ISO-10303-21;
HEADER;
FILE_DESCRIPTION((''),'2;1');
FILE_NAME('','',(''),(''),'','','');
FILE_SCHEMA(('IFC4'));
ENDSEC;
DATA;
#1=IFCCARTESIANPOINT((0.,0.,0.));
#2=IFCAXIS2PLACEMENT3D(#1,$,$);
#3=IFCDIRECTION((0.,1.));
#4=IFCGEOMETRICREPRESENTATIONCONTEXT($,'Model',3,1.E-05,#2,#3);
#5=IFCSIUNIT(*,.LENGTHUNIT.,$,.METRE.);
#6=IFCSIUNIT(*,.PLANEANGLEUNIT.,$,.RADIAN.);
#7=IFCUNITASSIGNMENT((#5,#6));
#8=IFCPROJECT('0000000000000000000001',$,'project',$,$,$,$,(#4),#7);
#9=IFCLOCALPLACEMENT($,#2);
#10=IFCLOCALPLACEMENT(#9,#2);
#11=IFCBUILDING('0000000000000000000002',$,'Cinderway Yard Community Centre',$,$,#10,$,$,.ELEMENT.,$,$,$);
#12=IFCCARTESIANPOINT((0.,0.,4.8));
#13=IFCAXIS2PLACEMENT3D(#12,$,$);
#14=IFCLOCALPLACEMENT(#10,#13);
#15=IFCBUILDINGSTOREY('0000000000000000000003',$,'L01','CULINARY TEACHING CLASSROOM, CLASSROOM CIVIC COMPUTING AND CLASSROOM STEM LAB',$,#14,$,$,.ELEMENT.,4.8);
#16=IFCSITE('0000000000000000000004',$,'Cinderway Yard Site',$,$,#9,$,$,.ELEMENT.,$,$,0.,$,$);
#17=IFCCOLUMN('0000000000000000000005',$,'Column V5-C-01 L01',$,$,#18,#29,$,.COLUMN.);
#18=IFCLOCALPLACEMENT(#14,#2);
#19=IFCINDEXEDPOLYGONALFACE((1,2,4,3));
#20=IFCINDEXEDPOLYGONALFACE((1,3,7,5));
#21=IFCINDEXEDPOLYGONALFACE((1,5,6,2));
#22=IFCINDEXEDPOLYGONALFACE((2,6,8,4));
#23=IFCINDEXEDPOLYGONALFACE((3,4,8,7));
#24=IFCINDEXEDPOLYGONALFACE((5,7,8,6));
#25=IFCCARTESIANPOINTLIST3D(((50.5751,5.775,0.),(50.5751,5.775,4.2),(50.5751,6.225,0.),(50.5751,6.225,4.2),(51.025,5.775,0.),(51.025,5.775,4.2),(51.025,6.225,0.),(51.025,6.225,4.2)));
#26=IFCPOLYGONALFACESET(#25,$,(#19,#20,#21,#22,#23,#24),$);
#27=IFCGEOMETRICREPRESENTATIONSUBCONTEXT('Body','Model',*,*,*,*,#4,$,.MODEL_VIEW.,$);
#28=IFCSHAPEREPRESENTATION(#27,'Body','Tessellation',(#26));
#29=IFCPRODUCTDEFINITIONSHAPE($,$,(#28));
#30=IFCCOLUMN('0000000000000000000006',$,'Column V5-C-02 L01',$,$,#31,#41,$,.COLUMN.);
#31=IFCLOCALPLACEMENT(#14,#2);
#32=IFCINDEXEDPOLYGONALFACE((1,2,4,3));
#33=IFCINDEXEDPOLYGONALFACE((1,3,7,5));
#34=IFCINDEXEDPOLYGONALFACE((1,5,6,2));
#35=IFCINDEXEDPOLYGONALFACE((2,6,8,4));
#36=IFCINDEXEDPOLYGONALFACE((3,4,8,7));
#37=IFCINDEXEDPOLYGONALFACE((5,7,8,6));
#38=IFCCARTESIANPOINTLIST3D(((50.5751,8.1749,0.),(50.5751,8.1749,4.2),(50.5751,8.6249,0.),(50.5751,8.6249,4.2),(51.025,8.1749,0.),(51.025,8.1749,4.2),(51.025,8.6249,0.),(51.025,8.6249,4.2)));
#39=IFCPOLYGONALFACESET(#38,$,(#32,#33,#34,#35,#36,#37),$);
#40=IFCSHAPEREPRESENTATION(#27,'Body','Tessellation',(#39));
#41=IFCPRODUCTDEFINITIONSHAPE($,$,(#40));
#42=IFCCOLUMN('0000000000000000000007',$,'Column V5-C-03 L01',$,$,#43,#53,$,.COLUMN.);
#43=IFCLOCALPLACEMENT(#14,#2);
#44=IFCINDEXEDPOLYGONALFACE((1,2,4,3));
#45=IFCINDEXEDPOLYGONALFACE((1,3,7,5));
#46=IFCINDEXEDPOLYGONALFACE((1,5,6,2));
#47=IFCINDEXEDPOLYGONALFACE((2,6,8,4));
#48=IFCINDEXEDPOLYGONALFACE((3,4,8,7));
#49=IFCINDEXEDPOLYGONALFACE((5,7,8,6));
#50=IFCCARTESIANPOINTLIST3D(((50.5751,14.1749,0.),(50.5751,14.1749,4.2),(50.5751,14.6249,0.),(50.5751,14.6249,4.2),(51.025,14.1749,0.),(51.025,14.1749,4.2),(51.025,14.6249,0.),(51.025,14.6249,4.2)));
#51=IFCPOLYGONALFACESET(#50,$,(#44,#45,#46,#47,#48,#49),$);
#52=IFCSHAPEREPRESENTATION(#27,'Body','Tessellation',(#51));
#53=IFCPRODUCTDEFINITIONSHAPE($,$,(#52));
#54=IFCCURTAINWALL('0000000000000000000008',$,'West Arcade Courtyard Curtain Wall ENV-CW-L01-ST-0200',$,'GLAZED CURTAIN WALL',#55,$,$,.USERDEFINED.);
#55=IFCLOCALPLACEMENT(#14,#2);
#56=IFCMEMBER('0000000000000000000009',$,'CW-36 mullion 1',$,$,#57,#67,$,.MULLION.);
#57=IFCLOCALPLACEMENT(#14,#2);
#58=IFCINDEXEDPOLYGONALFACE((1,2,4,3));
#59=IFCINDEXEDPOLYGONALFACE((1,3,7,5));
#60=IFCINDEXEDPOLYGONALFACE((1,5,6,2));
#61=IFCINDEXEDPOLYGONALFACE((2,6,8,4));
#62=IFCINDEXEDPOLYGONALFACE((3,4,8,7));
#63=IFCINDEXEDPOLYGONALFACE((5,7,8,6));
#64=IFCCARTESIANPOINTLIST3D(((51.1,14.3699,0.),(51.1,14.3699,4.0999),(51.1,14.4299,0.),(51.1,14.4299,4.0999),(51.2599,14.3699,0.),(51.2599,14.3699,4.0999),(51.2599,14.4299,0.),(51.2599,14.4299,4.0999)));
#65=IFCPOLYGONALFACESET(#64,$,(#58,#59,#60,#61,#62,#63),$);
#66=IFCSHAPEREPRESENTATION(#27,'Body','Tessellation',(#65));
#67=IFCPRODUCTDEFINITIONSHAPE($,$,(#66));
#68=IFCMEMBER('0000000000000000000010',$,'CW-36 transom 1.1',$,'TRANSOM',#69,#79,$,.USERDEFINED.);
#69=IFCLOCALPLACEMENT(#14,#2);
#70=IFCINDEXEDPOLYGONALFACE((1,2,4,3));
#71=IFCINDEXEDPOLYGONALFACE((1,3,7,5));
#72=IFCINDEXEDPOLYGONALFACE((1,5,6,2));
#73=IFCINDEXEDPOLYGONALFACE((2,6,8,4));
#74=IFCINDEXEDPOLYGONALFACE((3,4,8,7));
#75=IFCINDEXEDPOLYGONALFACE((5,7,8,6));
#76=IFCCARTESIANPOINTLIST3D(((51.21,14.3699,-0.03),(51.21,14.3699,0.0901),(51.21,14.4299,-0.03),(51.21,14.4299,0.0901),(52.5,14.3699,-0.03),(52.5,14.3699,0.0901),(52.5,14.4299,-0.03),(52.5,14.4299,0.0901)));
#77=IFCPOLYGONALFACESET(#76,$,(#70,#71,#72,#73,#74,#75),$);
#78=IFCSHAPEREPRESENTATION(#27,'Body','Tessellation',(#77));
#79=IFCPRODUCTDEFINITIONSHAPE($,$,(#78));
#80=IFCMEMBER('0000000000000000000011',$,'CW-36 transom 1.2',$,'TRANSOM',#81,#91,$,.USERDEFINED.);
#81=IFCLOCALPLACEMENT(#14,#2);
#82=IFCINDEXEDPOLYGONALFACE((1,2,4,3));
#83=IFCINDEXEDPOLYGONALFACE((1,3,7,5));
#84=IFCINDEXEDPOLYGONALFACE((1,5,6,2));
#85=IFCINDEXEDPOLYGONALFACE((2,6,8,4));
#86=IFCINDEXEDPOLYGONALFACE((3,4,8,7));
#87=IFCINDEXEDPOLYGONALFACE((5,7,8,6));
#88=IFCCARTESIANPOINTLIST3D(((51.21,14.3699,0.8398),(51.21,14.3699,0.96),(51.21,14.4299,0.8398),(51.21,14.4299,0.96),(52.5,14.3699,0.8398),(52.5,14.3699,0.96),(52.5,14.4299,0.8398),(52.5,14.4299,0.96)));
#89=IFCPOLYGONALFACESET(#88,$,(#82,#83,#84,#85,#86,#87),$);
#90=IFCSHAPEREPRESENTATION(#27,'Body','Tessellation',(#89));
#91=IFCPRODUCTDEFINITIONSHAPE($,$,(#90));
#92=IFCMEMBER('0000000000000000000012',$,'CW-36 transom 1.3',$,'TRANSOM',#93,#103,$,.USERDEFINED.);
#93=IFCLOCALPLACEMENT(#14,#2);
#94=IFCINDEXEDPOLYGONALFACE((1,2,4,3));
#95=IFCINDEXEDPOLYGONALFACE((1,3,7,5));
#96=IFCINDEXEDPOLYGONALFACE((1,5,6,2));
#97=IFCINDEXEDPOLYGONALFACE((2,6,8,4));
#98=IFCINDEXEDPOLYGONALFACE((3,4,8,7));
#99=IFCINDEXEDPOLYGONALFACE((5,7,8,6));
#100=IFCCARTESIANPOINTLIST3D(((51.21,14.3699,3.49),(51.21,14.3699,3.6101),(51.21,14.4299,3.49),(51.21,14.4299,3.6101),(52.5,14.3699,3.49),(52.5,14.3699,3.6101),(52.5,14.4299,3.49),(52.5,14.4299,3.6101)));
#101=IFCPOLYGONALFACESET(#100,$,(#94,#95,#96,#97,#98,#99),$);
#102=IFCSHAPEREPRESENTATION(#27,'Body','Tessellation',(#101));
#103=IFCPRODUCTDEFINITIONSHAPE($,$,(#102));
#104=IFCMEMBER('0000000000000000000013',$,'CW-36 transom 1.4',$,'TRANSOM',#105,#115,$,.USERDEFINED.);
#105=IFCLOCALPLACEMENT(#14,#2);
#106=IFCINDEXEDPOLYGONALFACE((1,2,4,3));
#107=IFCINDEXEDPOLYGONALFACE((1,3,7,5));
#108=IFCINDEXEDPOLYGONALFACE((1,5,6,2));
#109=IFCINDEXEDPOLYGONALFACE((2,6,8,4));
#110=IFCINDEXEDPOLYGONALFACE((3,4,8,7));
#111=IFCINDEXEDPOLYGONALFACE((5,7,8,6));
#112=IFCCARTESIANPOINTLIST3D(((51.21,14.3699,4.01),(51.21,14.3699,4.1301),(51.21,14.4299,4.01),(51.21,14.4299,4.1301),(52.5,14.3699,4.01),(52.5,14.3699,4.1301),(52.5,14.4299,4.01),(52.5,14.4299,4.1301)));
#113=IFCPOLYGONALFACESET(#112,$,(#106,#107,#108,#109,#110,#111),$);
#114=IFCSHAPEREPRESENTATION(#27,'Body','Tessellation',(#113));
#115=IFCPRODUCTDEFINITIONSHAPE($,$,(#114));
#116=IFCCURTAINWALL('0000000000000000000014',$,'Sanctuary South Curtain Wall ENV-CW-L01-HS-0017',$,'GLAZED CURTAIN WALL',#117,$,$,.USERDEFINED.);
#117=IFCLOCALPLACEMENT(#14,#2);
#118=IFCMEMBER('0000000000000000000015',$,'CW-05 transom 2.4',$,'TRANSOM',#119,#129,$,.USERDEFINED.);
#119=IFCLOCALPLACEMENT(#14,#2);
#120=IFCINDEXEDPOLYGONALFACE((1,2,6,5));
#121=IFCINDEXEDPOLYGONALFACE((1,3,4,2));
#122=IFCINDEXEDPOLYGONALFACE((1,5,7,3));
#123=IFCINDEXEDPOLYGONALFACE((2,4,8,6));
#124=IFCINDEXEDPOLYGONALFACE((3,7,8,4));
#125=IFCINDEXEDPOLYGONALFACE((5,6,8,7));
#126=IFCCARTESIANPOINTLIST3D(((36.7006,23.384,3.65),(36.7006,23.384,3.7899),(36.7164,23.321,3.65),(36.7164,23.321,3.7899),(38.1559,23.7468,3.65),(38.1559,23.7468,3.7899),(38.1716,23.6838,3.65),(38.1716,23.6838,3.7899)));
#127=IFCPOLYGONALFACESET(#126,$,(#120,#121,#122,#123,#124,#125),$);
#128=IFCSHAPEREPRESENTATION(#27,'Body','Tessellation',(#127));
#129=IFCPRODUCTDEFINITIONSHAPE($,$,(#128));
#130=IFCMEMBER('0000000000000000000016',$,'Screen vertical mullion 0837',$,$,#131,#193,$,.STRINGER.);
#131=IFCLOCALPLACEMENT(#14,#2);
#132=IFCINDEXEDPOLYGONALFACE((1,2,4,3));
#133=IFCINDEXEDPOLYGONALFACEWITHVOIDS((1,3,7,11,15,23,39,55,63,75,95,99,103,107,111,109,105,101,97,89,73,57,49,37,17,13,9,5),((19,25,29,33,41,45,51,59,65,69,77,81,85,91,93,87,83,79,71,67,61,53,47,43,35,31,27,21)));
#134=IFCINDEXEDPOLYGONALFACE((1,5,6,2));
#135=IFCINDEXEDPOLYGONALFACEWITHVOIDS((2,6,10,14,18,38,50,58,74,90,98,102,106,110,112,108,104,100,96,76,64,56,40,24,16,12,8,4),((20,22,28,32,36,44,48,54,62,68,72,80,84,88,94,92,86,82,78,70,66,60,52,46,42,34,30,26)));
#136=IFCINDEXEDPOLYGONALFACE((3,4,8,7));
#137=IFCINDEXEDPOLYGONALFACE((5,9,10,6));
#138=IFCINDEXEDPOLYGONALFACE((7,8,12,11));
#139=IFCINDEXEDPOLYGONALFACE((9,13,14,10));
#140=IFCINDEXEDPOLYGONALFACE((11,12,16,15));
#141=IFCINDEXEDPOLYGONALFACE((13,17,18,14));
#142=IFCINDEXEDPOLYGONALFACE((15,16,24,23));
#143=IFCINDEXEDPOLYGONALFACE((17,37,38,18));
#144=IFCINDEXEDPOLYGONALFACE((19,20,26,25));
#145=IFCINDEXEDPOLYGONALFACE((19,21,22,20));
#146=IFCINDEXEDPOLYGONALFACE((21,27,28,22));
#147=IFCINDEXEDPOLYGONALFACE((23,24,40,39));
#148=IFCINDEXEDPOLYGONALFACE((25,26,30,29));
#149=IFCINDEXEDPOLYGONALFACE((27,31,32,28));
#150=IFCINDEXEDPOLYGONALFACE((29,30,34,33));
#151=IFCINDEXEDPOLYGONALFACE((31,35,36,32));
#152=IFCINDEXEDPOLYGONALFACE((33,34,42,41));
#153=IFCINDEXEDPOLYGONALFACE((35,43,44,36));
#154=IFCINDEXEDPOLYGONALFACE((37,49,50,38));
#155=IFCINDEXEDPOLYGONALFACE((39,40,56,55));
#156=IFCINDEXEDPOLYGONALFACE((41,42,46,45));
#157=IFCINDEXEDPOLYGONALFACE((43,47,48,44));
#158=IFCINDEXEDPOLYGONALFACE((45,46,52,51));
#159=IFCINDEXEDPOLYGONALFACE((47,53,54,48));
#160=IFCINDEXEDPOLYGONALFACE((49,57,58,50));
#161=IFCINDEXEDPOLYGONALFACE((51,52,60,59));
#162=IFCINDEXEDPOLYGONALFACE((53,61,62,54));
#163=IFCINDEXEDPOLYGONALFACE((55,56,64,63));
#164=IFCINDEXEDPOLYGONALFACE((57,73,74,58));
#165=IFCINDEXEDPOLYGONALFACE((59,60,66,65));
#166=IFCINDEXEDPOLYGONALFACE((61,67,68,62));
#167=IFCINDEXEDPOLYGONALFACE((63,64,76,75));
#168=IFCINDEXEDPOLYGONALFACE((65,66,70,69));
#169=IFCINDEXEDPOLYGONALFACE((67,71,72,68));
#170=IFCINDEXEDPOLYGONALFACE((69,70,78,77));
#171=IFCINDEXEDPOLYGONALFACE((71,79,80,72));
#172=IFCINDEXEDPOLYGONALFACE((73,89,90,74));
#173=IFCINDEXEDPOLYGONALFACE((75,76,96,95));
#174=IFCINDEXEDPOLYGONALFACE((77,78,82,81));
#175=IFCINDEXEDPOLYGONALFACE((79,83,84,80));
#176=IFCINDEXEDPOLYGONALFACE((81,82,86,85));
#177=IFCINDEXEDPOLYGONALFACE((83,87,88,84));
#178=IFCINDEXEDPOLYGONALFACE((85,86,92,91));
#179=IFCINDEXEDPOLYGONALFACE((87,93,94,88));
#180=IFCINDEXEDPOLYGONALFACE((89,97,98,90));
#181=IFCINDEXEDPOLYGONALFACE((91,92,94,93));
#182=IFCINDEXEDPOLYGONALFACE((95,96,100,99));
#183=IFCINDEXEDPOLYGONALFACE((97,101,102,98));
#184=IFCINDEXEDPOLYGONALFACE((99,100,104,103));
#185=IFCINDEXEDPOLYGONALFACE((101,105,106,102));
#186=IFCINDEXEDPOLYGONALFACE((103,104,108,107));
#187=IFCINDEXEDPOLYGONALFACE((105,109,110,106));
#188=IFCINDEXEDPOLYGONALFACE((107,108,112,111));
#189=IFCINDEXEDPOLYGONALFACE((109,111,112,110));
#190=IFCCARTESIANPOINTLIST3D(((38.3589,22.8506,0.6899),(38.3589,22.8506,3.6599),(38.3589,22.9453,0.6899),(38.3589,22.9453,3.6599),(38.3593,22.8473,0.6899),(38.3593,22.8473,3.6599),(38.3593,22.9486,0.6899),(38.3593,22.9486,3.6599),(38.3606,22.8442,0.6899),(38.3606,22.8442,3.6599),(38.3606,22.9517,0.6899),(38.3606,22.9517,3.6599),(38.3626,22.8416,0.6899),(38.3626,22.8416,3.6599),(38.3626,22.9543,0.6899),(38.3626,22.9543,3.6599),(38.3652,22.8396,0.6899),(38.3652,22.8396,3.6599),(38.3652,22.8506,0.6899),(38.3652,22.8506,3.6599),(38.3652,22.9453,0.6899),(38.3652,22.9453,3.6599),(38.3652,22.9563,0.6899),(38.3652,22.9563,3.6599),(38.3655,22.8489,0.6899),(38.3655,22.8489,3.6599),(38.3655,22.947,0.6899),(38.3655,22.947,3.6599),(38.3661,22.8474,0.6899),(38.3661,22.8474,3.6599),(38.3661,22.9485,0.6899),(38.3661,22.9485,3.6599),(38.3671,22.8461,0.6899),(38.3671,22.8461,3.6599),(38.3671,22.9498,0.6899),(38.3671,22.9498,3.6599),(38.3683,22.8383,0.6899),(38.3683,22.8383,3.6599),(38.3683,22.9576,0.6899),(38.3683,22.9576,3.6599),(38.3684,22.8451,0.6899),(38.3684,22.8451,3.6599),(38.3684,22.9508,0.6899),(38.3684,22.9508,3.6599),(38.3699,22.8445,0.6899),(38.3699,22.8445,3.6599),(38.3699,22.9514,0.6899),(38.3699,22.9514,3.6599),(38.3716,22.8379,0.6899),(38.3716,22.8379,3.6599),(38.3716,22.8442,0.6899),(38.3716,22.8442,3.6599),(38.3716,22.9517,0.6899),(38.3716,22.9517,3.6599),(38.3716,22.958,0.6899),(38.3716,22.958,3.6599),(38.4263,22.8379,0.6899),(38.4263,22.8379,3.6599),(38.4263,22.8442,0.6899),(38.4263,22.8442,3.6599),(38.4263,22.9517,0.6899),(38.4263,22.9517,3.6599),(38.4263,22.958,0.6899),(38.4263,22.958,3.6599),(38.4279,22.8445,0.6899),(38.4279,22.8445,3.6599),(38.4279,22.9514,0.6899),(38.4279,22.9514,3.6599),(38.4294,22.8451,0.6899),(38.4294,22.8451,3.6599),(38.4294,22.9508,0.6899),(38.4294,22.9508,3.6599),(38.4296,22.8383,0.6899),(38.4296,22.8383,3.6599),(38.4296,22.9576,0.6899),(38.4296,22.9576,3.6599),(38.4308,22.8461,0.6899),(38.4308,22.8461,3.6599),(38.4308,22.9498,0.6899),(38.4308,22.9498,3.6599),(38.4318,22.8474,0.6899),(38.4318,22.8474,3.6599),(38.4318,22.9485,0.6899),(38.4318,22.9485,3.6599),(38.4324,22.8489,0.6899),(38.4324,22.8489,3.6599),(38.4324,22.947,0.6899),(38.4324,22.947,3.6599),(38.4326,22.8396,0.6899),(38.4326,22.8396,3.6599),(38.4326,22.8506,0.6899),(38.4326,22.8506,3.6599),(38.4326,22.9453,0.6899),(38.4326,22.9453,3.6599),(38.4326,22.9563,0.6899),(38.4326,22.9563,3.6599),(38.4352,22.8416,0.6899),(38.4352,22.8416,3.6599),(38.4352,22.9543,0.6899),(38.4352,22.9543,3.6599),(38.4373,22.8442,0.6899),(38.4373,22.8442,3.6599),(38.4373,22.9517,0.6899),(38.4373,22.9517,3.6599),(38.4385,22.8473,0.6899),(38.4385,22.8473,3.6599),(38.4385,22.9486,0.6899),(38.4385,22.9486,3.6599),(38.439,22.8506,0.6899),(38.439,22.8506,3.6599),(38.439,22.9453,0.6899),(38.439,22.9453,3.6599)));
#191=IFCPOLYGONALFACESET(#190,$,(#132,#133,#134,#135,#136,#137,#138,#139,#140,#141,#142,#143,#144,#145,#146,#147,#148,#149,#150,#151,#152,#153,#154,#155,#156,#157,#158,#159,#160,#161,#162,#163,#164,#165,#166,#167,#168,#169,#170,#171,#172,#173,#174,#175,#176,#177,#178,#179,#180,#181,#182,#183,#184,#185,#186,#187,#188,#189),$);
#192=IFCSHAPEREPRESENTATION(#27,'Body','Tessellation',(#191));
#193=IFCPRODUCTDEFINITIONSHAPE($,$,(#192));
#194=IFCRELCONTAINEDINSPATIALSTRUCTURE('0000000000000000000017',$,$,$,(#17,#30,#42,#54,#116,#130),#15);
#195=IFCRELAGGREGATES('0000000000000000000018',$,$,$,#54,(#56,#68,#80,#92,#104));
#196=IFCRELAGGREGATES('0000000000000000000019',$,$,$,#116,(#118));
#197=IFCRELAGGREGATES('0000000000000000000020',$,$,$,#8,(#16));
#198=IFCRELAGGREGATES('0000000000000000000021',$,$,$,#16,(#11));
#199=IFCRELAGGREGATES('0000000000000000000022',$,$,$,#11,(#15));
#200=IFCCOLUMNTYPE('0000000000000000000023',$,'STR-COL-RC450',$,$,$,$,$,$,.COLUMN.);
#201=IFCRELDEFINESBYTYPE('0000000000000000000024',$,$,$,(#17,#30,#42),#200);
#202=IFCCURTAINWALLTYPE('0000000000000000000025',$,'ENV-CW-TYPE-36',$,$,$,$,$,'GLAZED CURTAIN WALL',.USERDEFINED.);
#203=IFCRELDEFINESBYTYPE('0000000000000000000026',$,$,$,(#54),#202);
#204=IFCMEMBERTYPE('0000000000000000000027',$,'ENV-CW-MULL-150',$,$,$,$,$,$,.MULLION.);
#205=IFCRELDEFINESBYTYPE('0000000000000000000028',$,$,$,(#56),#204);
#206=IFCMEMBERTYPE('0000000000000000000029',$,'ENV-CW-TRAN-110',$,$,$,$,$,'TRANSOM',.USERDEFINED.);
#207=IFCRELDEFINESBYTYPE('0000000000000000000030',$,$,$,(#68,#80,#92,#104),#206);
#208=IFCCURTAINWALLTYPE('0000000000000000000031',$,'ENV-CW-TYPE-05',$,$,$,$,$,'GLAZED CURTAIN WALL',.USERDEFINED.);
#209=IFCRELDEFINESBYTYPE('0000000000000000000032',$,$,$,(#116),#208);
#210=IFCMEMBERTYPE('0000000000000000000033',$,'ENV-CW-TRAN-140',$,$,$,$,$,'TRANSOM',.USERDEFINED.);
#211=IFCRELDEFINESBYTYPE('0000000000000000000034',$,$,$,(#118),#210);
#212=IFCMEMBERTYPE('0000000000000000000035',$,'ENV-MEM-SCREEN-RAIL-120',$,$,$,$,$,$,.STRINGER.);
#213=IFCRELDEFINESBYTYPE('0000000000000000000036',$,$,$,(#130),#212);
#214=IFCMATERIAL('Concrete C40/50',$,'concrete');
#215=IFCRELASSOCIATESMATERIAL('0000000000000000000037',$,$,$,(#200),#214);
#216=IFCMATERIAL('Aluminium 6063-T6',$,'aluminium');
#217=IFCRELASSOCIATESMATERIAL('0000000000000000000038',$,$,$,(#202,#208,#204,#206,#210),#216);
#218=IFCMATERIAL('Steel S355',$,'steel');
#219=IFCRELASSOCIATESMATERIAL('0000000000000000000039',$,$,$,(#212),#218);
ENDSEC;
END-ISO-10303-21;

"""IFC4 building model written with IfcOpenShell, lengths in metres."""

from ifc_helpers import new_model, si_unit, direction, frame, origin, origin_2d, place, context, subcontext, project, spatial, rectangle, hollow_rectangle, extrude, material, material_profile, profile_set, type_object, element, aggregate, save


model = new_model("IFC4")

# Units and contexts
model_context = context("Model", 3, precision=1e-05, world=origin(), true_north=direction((0.0, 1.0)))
body_context = subcontext(model_context, "Body", "Model", "MODEL_VIEW")
ifc_project = project(units=[si_unit("LENGTHUNIT", "METRE"), si_unit("PLANEANGLEUNIT", "RADIAN")], contexts=[model_context])

# Site, building, storey
site_placement = place(None, origin())
site = spatial("IfcSite", under=ifc_project, at=site_placement, Name="Cinderway Yard Site", CompositionType="ELEMENT", RefElevation=0.0)
building_placement = place(site_placement, origin())
building = spatial("IfcBuilding", under=site, at=building_placement, Name="Cinderway Yard Community Centre", CompositionType="ELEMENT")
storey_placement = place(building_placement, frame((0.0, 0.0, 4.8)))
storey = spatial("IfcBuildingStorey", under=building, at=storey_placement, Name="L01", Description="CULINARY TEACHING CLASSROOM, CLASSROOM CIVIC COMPUTING AND CLASSROOM STEM LAB", CompositionType="ELEMENT", Elevation=4.8)

# Columns
ifc_material_1 = material(Name="Concrete C40/50", Category="concrete")
ifc_material_profile_1 = material_profile(ifc_material_1, rectangle(XDim=0.45, YDim=0.45, at=origin_2d()), Name="Concrete C40/50")
ifc_profile_set_1 = profile_set([ifc_material_profile_1], Name="Concrete C40/50")
column_type = type_object("IfcColumnType", Name="STR-COL-RC450", PredefinedType="COLUMN", material=ifc_profile_set_1)
for number, where, z_axis, x_axis, name in (
    (1, (50.8, 6.0, 0.0), (0.0, 0.0, 1.0), (1.0, 0.0, 0.0), "Column V5-C-01 L01"),
    (2, (50.8, 8.3999, 0.0), (0.0, 0.0, 1.0), (1.0, 0.0, 0.0), "Column V5-C-02 L01"),
    (3, (50.8, 14.3999, 0.0), (0.0, 0.0, 1.0), (1.0, 0.0, 0.0), "Column V5-C-03 L01"),
):
    element("IfcColumn", number, at=place(storey_placement, frame(where, z_axis=z_axis, x_axis=x_axis)), inside=storey, type_object=column_type, Name=name, PredefinedType="COLUMN", context=body_context, shape_type="SweptSolid", body=[
        extrude(rectangle(XDim=0.45, YDim=0.45, at=origin_2d()), origin(), (0.0, 0.0, 1.0), 4.2),
    ])

# Curtain wall, members
ifc_material_2 = material(Name="Aluminium 6063-T6", Category="aluminium")
curtain_wall_type_1 = type_object("IfcCurtainWallType", Name="ENV-CW-TYPE-36", ElementType="GLAZED CURTAIN WALL", PredefinedType="USERDEFINED", material=ifc_material_2)
curtain_wall_1_placement = place(storey_placement, origin())
curtain_wall_1 = element("IfcCurtainWall", 4, at=curtain_wall_1_placement, inside=storey, type_object=curtain_wall_type_1, Name="West Arcade Courtyard Curtain Wall ENV-CW-L01-ST-0200", ObjectType="GLAZED CURTAIN WALL", PredefinedType="USERDEFINED")
ifc_material_profile_2 = material_profile(ifc_material_2, rectangle(XDim=0.0601, YDim=0.1599, at=origin_2d()), Name="Aluminium 6063-T6")
ifc_profile_set_2 = profile_set([ifc_material_profile_2], Name="Aluminium 6063-T6")
member_type_1 = type_object("IfcMemberType", Name="ENV-CW-MULL-150", PredefinedType="MULLION", material=ifc_profile_set_2)
member_1_placement = place(storey_placement, frame((51.1799, 14.3999, 0.0), z_axis=(0.0, 0.0, 1.0), x_axis=(0.0, 1.0, 0.0)))
member_1 = element("IfcMember", 5, at=member_1_placement, type_object=member_type_1, Name="CW-36 mullion 1", PredefinedType="MULLION", context=body_context, shape_type="SweptSolid", body=[
    extrude(rectangle(XDim=0.0601, YDim=0.1599, at=origin_2d()), origin(), (0.0, 0.0, 1.0), 4.0999),
])
ifc_material_profile_3 = material_profile(ifc_material_2, rectangle(XDim=0.0601, YDim=0.1201, at=origin_2d()), Name="Aluminium 6063-T6")
ifc_profile_set_3 = profile_set([ifc_material_profile_3], Name="Aluminium 6063-T6")
member_type_2 = type_object("IfcMemberType", Name="ENV-CW-TRAN-110", ElementType="TRANSOM", PredefinedType="USERDEFINED", material=ifc_profile_set_3)
member_2_placement = place(storey_placement, frame((51.21, 14.3999, 0.03), z_axis=(1.0, 0.0, 0.0), x_axis=(0.0, 1.0, 0.0)))
member_2 = element("IfcMember", 6, at=member_2_placement, type_object=member_type_2, Name="CW-36 transom 1.1", ObjectType="TRANSOM", PredefinedType="USERDEFINED", context=body_context, shape_type="SweptSolid", body=[
    extrude(rectangle(XDim=0.0601, YDim=0.1201, at=origin_2d()), origin(), (0.0, 0.0, 1.0), 1.29),
])
member_3_placement = place(storey_placement, frame((51.21, 14.3999, 0.8999), z_axis=(1.0, 0.0, 0.0), x_axis=(0.0, 1.0, 0.0)))
member_3 = element("IfcMember", 7, at=member_3_placement, type_object=member_type_2, Name="CW-36 transom 1.2", ObjectType="TRANSOM", PredefinedType="USERDEFINED", context=body_context, shape_type="SweptSolid", body=[
    extrude(rectangle(XDim=0.0601, YDim=0.1201, at=origin_2d()), origin(), (0.0, 0.0, 1.0), 1.29),
])
member_4_placement = place(storey_placement, frame((51.21, 14.3999, 3.55), z_axis=(1.0, 0.0, 0.0), x_axis=(0.0, 1.0, 0.0)))
member_4 = element("IfcMember", 8, at=member_4_placement, type_object=member_type_2, Name="CW-36 transom 1.3", ObjectType="TRANSOM", PredefinedType="USERDEFINED", context=body_context, shape_type="SweptSolid", body=[
    extrude(rectangle(XDim=0.0601, YDim=0.1201, at=origin_2d()), origin(), (0.0, 0.0, 1.0), 1.29),
])
member_5_placement = place(storey_placement, frame((51.21, 14.3999, 4.0701), z_axis=(1.0, 0.0, 0.0), x_axis=(0.0, 1.0, 0.0)))
member_5 = element("IfcMember", 9, at=member_5_placement, type_object=member_type_2, Name="CW-36 transom 1.4", ObjectType="TRANSOM", PredefinedType="USERDEFINED", context=body_context, shape_type="SweptSolid", body=[
    extrude(rectangle(XDim=0.0601, YDim=0.1201, at=origin_2d()), origin(), (0.0, 0.0, 1.0), 1.29),
])

# Curtain wall, member
curtain_wall_type_2 = type_object("IfcCurtainWallType", Name="ENV-CW-TYPE-05", ElementType="GLAZED CURTAIN WALL", PredefinedType="USERDEFINED", material=ifc_material_2)
curtain_wall_2_placement = place(storey_placement, origin())
curtain_wall_2 = element("IfcCurtainWall", 10, at=curtain_wall_2_placement, inside=storey, type_object=curtain_wall_type_2, Name="Sanctuary South Curtain Wall ENV-CW-L01-HS-0017", ObjectType="GLAZED CURTAIN WALL", PredefinedType="USERDEFINED")
ifc_material_profile_4 = material_profile(ifc_material_2, rectangle(XDim=0.0649, YDim=0.1399, at=origin_2d()), Name="Aluminium 6063-T6")
ifc_profile_set_4 = profile_set([ifc_material_profile_4], Name="Aluminium 6063-T6")
member_type_3 = type_object("IfcMemberType", Name="ENV-CW-TRAN-140", ElementType="TRANSOM", PredefinedType="USERDEFINED", material=ifc_profile_set_4)
member_6_placement = place(storey_placement, frame((36.7085, 23.3525, 3.72), z_axis=(0.970305, 0.241884, 0.0), x_axis=(-0.241884, 0.970305, 0.0)))
member_6 = element("IfcMember", 11, at=member_6_placement, type_object=member_type_3, Name="CW-05 transom 2.4", ObjectType="TRANSOM", PredefinedType="USERDEFINED", context=body_context, shape_type="SweptSolid", body=[
    extrude(rectangle(XDim=0.0649, YDim=0.1399, at=origin_2d()), origin(), (0.0, 0.0, 1.0), 1.4998),
])

# Member
ifc_material_3 = material(Name="Steel S355", Category="steel")
ifc_material_profile_5 = material_profile(ifc_material_3, hollow_rectangle(XDim=0.0801, YDim=0.1201, WallThickness=0.0063, InnerFilletRadius=0.0063, OuterFilletRadius=0.0127, at=origin_2d()), Name="Steel S355")
ifc_profile_set_5 = profile_set([ifc_material_profile_5], Name="Steel S355")
member_type_4 = type_object("IfcMemberType", Name="ENV-MEM-SCREEN-RAIL-120", PredefinedType="STRINGER", material=ifc_profile_set_5)
for number, where, z_axis, x_axis, name in (
    (12, (38.3989, 22.8979, 0.6899), (0.0, 0.0, 1.0), (1.0, 0.0, 0.0), "Screen vertical mullion 0837"),
):
    element("IfcMember", number, at=place(storey_placement, frame(where, z_axis=z_axis, x_axis=x_axis)), inside=storey, type_object=member_type_4, Name=name, PredefinedType="STRINGER", context=body_context, shape_type="SweptSolid", body=[
        extrude(hollow_rectangle(XDim=0.0801, YDim=0.1201, WallThickness=0.0063, InnerFilletRadius=0.0063, OuterFilletRadius=0.0127, at=origin_2d()), origin(), (0.0, 0.0, 1.0), 2.97),
    ])

aggregate(curtain_wall_1, [member_1, member_2, member_3, member_4, member_5])
aggregate(curtain_wall_2, [member_6])

save(model, "model.ifc")
